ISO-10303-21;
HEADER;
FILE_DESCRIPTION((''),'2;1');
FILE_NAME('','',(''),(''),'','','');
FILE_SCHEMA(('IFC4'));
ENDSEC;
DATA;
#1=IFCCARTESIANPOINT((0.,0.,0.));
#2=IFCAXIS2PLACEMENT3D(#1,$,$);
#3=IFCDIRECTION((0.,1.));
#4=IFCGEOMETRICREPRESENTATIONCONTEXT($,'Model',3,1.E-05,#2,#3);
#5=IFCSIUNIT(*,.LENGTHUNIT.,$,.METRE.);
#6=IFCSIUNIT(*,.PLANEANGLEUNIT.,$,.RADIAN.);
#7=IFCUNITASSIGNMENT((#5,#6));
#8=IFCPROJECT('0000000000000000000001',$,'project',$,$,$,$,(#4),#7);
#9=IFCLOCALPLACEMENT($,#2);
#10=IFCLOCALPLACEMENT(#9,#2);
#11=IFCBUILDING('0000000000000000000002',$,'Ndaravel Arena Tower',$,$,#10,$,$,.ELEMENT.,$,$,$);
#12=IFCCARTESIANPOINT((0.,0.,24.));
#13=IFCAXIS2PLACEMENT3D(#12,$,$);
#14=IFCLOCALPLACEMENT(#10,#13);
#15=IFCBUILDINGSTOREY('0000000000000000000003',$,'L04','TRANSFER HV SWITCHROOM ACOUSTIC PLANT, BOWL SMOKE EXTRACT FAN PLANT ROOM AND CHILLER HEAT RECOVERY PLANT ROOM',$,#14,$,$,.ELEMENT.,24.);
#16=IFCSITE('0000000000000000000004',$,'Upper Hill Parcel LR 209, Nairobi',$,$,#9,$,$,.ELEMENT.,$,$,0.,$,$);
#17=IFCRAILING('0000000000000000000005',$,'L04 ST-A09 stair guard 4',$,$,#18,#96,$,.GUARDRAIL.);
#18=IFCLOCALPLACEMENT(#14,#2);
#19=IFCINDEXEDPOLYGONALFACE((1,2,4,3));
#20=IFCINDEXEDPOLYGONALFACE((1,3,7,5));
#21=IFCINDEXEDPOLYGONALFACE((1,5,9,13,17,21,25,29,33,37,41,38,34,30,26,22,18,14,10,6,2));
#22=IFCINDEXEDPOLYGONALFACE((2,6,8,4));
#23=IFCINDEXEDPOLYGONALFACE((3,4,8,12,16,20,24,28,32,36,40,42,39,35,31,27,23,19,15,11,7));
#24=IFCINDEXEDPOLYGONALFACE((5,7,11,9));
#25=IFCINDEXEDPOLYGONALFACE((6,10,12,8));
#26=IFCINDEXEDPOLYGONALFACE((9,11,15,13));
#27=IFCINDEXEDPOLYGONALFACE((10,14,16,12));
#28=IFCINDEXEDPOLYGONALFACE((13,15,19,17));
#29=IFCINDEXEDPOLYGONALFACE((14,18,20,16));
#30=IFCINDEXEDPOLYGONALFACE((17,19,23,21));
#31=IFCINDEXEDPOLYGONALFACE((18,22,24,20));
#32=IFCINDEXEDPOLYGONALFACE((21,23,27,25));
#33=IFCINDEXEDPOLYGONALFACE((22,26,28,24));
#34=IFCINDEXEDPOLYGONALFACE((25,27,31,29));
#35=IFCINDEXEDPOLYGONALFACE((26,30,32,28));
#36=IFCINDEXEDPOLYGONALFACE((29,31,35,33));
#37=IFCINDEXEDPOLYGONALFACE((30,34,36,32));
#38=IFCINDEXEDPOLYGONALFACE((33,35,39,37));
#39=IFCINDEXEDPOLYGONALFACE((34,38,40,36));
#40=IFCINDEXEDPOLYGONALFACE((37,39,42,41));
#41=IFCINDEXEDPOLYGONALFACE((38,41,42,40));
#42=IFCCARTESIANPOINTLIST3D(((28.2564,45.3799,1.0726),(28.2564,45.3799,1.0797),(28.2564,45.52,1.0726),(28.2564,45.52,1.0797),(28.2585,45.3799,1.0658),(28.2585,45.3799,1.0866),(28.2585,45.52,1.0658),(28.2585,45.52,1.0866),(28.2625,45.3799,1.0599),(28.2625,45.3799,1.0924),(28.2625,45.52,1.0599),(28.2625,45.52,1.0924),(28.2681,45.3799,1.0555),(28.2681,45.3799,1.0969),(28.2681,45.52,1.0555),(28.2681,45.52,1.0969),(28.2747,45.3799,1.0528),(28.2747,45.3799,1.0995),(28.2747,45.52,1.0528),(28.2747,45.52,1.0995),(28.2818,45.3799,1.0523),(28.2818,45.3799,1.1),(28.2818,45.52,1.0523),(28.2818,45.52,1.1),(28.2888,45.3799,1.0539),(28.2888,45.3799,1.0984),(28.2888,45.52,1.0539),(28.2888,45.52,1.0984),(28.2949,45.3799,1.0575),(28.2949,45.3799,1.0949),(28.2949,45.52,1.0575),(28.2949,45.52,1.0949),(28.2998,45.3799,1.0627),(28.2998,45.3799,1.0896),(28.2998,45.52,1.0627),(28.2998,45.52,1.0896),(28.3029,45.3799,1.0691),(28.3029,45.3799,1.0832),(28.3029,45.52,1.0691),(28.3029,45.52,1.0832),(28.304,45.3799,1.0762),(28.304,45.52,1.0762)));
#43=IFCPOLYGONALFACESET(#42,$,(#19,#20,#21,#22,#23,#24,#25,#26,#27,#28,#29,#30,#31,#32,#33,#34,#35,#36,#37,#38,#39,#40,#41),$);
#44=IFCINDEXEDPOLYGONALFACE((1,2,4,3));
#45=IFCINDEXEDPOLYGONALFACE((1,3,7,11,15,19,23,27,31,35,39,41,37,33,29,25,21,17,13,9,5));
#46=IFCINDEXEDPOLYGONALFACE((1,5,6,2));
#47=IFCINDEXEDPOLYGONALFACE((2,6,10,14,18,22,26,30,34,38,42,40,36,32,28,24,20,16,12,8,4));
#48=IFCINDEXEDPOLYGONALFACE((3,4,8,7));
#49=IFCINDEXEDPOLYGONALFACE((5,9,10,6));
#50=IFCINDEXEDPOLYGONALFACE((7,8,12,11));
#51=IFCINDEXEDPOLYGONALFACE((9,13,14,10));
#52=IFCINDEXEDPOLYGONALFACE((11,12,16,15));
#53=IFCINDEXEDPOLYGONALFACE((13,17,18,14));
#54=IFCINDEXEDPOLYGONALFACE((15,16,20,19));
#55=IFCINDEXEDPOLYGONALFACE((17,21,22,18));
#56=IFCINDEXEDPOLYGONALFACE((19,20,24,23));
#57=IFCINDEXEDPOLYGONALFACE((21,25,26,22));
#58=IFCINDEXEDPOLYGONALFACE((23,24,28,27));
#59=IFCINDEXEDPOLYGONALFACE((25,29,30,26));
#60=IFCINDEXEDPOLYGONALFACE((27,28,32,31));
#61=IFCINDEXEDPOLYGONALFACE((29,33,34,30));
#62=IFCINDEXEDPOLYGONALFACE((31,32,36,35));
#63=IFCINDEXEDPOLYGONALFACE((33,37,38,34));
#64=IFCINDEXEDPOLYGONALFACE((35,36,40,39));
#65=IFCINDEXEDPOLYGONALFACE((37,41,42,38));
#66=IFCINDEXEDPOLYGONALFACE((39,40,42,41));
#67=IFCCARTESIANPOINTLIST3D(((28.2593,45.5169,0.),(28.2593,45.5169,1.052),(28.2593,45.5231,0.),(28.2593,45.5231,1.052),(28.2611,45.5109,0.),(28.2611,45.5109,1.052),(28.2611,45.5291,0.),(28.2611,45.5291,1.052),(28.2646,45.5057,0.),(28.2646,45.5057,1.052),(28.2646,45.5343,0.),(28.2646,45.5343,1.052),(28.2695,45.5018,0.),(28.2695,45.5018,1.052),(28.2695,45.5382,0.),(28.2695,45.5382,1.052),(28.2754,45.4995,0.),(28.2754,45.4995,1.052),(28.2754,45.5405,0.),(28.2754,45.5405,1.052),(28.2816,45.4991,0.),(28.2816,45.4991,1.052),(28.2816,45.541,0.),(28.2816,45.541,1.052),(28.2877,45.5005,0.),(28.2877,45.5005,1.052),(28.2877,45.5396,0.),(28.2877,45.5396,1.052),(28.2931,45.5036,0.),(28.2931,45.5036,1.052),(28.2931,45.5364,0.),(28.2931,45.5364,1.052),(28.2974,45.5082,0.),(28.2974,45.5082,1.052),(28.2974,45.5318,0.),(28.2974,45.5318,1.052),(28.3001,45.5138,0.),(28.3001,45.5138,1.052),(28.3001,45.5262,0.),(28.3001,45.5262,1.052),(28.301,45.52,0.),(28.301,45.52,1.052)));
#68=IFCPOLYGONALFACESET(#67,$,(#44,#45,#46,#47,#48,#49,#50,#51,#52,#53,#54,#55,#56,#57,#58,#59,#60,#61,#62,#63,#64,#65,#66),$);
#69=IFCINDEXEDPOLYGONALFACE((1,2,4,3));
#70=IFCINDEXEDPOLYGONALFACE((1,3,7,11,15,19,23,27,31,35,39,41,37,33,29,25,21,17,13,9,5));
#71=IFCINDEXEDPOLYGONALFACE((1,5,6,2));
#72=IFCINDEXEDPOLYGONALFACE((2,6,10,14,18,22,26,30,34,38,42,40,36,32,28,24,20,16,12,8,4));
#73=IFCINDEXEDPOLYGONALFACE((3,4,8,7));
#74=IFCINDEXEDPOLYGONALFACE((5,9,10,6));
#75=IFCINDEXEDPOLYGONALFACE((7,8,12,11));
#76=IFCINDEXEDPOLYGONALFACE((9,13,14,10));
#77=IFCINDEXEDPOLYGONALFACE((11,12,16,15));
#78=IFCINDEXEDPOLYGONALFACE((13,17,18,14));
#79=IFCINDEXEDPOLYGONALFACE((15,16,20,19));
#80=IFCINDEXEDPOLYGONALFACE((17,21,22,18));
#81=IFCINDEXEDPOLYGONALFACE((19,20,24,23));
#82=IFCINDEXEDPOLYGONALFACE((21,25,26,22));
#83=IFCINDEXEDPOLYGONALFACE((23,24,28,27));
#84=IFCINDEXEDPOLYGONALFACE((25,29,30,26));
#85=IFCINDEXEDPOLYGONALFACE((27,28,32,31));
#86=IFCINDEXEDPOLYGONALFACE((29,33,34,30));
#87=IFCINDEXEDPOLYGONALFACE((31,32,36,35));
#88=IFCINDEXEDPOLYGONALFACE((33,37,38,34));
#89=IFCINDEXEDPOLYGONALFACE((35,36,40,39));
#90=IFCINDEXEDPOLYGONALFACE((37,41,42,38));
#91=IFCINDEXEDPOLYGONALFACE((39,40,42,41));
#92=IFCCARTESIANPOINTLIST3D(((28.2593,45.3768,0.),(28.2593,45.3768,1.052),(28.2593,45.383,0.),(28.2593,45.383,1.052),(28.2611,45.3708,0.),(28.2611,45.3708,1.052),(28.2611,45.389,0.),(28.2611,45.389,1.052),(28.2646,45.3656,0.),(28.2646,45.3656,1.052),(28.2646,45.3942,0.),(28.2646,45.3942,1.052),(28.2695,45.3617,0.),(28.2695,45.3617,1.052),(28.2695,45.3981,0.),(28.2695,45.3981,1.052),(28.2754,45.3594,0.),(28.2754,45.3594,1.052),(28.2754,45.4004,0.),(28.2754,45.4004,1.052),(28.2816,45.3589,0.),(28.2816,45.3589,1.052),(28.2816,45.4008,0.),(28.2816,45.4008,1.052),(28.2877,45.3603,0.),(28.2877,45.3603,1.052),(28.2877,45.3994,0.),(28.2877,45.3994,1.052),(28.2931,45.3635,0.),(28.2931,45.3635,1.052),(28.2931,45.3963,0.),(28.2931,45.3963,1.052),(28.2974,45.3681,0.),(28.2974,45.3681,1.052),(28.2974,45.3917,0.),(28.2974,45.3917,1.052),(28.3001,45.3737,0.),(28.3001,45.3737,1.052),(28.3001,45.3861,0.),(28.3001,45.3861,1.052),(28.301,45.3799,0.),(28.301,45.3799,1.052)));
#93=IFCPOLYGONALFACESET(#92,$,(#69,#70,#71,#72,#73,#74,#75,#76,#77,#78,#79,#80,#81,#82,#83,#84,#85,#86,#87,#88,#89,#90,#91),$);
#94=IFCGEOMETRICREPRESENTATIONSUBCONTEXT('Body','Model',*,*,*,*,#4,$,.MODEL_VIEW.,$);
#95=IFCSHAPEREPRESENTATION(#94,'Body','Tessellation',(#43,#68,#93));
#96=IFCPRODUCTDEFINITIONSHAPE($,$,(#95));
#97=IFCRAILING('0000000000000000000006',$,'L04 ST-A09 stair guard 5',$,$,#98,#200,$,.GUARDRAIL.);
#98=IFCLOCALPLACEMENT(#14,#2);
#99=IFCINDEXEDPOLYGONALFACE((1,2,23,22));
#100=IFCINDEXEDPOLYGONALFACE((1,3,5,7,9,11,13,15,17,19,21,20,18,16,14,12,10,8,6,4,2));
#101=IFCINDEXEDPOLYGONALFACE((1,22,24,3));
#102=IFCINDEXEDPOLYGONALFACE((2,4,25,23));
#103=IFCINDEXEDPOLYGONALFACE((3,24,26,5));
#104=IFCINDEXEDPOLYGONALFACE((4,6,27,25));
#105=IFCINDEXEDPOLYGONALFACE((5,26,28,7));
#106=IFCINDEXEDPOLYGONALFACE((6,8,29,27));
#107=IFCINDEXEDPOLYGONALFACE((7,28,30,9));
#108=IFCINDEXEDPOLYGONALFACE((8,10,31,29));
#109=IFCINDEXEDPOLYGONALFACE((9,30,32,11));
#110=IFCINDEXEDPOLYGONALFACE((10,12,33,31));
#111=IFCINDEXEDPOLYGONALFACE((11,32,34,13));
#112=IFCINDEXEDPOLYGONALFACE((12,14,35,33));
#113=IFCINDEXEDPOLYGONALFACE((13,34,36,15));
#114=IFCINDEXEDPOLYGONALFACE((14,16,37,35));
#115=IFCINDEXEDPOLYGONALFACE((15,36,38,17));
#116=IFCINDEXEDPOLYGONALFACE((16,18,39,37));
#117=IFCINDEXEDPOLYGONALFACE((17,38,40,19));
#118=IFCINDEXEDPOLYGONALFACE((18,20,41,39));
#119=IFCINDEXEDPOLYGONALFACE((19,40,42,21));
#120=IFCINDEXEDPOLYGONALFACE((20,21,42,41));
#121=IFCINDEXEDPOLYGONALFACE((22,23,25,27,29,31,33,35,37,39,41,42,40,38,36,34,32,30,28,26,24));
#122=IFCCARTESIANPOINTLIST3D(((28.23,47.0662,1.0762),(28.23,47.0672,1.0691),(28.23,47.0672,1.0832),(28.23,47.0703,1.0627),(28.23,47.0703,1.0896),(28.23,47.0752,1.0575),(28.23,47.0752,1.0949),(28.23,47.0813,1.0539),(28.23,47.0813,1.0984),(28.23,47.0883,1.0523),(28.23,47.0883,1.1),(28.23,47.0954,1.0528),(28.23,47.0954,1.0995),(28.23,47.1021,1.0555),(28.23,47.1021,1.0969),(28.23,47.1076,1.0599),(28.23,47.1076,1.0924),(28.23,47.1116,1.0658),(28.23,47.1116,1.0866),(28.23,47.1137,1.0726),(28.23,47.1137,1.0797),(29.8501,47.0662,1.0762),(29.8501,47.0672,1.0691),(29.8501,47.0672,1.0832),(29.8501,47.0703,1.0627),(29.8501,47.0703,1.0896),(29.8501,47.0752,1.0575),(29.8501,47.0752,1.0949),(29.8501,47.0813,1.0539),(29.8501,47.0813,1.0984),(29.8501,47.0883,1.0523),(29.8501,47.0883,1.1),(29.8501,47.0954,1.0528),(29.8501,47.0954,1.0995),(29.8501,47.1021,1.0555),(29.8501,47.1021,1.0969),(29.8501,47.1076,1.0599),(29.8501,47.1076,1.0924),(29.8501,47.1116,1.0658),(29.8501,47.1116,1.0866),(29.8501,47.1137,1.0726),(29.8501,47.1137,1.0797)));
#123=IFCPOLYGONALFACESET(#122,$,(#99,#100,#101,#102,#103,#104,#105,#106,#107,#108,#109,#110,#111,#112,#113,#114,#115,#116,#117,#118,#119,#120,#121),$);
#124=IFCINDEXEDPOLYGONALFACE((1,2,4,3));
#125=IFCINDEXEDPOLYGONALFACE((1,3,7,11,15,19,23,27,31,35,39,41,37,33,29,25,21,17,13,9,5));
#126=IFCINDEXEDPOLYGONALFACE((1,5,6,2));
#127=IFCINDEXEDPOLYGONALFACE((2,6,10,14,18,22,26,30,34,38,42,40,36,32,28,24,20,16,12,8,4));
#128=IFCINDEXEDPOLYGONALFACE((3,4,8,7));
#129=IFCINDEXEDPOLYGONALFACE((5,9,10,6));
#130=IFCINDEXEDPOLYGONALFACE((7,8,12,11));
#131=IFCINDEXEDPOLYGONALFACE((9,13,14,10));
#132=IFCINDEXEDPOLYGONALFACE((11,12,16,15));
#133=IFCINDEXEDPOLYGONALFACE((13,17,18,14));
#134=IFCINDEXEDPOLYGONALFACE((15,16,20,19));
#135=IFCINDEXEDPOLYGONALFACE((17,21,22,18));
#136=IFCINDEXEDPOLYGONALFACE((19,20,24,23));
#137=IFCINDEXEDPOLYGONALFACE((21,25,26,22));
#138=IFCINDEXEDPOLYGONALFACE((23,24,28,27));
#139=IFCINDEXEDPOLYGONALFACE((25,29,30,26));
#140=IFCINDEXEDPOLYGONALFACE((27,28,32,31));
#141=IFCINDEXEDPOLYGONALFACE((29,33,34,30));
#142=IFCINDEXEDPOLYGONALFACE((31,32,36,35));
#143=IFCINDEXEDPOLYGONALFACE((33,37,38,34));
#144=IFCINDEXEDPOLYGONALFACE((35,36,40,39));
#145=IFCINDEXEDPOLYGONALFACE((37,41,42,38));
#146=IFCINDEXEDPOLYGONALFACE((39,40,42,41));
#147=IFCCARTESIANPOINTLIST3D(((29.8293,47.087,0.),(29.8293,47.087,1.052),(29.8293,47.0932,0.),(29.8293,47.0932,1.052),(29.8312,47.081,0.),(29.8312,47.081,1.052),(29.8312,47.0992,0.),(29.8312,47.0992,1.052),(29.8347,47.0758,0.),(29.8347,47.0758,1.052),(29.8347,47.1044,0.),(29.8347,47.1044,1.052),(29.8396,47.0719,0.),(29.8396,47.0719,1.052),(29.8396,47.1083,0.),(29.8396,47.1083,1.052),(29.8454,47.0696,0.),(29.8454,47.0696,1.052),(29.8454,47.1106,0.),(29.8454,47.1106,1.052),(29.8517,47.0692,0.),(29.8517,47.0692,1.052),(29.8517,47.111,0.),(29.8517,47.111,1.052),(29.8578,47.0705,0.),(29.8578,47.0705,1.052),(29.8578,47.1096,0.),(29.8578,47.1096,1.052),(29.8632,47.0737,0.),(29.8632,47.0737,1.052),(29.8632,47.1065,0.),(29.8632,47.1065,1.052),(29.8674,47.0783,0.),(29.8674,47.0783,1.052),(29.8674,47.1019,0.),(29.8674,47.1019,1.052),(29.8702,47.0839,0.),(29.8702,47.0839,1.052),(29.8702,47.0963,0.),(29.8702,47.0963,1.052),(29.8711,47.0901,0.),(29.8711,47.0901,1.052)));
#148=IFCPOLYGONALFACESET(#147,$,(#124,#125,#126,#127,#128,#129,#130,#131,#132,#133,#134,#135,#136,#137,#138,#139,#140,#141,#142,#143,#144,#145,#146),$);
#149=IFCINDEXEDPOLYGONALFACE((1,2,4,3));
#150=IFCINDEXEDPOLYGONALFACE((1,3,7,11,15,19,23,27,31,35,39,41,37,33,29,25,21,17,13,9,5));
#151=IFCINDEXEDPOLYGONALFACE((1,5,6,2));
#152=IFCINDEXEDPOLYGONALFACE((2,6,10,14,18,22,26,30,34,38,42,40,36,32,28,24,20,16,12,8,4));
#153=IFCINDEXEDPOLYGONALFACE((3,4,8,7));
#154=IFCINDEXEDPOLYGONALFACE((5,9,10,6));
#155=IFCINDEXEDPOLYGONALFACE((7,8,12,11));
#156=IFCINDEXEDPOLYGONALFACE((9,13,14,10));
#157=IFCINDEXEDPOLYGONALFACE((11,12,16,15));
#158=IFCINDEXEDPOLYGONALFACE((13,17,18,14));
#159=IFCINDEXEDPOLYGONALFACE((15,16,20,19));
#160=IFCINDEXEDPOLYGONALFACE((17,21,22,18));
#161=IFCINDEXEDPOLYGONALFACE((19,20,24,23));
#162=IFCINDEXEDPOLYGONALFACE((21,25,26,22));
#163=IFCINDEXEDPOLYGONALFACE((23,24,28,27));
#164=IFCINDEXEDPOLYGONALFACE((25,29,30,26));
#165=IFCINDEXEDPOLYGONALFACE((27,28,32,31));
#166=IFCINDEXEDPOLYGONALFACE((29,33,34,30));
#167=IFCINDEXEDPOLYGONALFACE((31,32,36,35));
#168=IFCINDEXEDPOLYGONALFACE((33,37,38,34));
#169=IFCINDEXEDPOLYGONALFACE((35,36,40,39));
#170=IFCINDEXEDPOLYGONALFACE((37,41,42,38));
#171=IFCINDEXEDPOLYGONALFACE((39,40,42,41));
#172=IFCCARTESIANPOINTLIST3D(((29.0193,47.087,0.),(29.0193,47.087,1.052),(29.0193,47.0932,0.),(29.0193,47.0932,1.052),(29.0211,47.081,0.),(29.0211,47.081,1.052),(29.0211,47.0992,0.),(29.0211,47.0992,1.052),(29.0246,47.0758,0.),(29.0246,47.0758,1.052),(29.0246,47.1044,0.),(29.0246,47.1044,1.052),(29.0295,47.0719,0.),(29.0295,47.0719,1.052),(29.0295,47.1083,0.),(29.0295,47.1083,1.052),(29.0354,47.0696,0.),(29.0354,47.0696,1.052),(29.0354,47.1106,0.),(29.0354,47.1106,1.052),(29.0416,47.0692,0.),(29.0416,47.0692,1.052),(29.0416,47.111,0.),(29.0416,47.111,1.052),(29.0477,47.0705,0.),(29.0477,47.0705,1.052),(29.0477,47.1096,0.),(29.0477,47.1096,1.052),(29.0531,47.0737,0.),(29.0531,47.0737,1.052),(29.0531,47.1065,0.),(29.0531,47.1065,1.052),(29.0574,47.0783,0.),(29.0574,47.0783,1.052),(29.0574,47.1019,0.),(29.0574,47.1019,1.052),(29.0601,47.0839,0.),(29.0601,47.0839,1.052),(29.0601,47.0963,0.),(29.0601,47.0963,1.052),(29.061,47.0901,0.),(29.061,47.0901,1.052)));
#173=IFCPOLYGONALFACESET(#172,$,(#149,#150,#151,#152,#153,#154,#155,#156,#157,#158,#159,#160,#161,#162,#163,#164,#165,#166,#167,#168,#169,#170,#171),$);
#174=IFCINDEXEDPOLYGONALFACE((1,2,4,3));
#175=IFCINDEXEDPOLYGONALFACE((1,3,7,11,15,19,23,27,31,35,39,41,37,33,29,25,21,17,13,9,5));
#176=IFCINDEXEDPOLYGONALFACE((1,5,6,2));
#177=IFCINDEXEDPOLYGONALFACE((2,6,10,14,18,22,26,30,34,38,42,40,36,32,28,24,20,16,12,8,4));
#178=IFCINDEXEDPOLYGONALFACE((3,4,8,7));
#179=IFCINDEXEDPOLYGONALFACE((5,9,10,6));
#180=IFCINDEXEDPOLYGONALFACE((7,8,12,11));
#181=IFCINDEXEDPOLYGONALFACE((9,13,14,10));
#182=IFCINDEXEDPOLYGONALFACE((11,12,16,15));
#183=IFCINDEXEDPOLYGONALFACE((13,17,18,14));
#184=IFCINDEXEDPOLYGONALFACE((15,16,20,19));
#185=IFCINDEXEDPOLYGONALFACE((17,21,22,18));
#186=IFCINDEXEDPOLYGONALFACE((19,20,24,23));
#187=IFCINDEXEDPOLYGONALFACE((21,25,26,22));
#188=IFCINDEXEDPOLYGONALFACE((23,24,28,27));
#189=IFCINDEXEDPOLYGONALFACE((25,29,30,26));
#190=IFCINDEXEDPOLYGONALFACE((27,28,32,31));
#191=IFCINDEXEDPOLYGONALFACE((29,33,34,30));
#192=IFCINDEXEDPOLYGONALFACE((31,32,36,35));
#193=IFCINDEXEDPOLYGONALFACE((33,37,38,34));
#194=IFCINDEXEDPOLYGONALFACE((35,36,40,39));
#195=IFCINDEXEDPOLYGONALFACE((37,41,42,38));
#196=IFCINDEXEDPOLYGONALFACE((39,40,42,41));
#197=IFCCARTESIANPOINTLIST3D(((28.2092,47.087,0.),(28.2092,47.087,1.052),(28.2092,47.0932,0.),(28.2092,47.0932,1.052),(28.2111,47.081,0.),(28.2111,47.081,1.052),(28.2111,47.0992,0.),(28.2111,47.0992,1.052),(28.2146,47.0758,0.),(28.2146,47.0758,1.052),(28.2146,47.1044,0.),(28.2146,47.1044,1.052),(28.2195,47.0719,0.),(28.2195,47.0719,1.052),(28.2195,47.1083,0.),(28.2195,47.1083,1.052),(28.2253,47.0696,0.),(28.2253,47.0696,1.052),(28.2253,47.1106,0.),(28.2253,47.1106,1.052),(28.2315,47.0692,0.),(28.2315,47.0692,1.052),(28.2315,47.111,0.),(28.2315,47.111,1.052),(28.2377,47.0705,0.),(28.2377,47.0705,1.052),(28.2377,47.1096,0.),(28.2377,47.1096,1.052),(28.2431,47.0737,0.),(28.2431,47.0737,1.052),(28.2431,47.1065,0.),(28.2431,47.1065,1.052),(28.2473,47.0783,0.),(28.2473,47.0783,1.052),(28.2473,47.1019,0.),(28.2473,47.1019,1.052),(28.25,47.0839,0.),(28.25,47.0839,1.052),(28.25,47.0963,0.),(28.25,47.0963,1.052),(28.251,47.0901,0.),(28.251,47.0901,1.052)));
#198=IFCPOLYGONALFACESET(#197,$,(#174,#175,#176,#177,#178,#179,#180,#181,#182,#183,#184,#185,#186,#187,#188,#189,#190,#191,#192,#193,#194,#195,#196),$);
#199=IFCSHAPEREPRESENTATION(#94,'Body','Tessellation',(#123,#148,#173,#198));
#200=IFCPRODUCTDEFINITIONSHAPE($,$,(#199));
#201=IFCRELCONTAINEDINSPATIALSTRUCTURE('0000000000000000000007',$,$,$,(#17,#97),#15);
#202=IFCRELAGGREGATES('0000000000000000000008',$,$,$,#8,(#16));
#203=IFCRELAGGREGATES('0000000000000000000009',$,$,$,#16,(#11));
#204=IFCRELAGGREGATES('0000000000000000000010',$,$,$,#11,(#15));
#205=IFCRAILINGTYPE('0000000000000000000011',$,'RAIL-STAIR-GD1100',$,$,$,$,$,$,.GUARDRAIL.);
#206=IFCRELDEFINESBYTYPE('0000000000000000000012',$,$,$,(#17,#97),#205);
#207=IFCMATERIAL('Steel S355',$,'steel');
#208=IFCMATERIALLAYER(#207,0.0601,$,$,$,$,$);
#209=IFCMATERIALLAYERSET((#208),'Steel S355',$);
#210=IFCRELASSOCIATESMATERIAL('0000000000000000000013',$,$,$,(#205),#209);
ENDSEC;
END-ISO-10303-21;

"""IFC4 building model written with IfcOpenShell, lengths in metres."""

from ifc_helpers import new_model, si_unit, direction, frame, origin, origin_2d, place, context, subcontext, project, spatial, circle, extrude, material, layer, layer_set, type_object, element, save


model = new_model("IFC4")

# Units and contexts
model_context = context("Model", 3, precision=1e-05, world=origin(), true_north=direction((0.0, 1.0)))
body_context = subcontext(model_context, "Body", "Model", "MODEL_VIEW")
ifc_project = project(units=[si_unit("LENGTHUNIT", "METRE"), si_unit("PLANEANGLEUNIT", "RADIAN")], contexts=[model_context])

# Site, building, storey
site_placement = place(None, origin())
site = spatial("IfcSite", under=ifc_project, at=site_placement, Name="Upper Hill Parcel LR 209, Nairobi", CompositionType="ELEMENT", RefElevation=0.0)
building_placement = place(site_placement, origin())
building = spatial("IfcBuilding", under=site, at=building_placement, Name="Ndaravel Arena Tower", CompositionType="ELEMENT")
storey_placement = place(building_placement, frame((0.0, 0.0, 24.0)))
storey = spatial("IfcBuildingStorey", under=building, at=storey_placement, Name="L04", Description="TRANSFER HV SWITCHROOM ACOUSTIC PLANT, BOWL SMOKE EXTRACT FAN PLANT ROOM AND CHILLER HEAT RECOVERY PLANT ROOM", CompositionType="ELEMENT", Elevation=24.0)

# Railings
ifc_material_1 = material(Name="Steel S355", Category="steel")
ifc_layer_1 = layer(ifc_material_1, 0.0601)
ifc_layer_set_1 = layer_set([ifc_layer_1], Name="Steel S355")
railing_type_1 = type_object("IfcRailingType", Name="RAIL-STAIR-GD1100", PredefinedType="GUARDRAIL", material=ifc_layer_set_1)
railing_1_placement = place(storey_placement, frame((28.28, 45.52, 0.0)))
element("IfcRailing", 1, at=railing_1_placement, inside=storey, type_object=railing_type_1, Name="L04 ST-A09 stair guard 4", PredefinedType="GUARDRAIL", context=body_context, shape_type="SweptSolid", body=[
    extrude(circle(Radius=0.0239, at=origin_2d()), frame((0.0, 0.0, 1.0762), z_axis=(0.0, -1.0, 0.0), x_axis=(1.0, 0.0, 0.0)), (0.0, 0.0, 1.0), 0.1401),
    extrude(circle(Radius=0.021, at=origin_2d()), origin(), (0.0, 0.0, 1.0), 1.052),
    extrude(circle(Radius=0.021, at=origin_2d()), frame((0.0, -0.1401, 0.0)), (0.0, 0.0, 1.0), 1.052),
])
for number, where, name in (
    (2, (29.8501, 47.0901, 0.0), "L04 ST-A09 stair guard 5"),
):
    element("IfcRailing", number, at=place(storey_placement, frame(where)), inside=storey, type_object=railing_type_1, Name=name, PredefinedType="GUARDRAIL", context=body_context, shape_type="SweptSolid", body=[
        extrude(circle(Radius=0.0239, at=origin_2d()), frame((0.0, 0.0, 1.0762), z_axis=(-1.0, 0.0, 0.0), x_axis=(0.0, -1.0, 0.0)), (0.0, 0.0, 1.0), 1.6201),
        extrude(circle(Radius=0.021, at=origin_2d()), origin(), (0.0, 0.0, 1.0), 1.052),
        extrude(circle(Radius=0.021, at=origin_2d()), frame((-0.8101, 0.0, 0.0)), (0.0, 0.0, 1.0), 1.052),
        extrude(circle(Radius=0.021, at=origin_2d()), frame((-1.6201, 0.0, 0.0)), (0.0, 0.0, 1.0), 1.052),
    ])

save(model, "model.ifc")
